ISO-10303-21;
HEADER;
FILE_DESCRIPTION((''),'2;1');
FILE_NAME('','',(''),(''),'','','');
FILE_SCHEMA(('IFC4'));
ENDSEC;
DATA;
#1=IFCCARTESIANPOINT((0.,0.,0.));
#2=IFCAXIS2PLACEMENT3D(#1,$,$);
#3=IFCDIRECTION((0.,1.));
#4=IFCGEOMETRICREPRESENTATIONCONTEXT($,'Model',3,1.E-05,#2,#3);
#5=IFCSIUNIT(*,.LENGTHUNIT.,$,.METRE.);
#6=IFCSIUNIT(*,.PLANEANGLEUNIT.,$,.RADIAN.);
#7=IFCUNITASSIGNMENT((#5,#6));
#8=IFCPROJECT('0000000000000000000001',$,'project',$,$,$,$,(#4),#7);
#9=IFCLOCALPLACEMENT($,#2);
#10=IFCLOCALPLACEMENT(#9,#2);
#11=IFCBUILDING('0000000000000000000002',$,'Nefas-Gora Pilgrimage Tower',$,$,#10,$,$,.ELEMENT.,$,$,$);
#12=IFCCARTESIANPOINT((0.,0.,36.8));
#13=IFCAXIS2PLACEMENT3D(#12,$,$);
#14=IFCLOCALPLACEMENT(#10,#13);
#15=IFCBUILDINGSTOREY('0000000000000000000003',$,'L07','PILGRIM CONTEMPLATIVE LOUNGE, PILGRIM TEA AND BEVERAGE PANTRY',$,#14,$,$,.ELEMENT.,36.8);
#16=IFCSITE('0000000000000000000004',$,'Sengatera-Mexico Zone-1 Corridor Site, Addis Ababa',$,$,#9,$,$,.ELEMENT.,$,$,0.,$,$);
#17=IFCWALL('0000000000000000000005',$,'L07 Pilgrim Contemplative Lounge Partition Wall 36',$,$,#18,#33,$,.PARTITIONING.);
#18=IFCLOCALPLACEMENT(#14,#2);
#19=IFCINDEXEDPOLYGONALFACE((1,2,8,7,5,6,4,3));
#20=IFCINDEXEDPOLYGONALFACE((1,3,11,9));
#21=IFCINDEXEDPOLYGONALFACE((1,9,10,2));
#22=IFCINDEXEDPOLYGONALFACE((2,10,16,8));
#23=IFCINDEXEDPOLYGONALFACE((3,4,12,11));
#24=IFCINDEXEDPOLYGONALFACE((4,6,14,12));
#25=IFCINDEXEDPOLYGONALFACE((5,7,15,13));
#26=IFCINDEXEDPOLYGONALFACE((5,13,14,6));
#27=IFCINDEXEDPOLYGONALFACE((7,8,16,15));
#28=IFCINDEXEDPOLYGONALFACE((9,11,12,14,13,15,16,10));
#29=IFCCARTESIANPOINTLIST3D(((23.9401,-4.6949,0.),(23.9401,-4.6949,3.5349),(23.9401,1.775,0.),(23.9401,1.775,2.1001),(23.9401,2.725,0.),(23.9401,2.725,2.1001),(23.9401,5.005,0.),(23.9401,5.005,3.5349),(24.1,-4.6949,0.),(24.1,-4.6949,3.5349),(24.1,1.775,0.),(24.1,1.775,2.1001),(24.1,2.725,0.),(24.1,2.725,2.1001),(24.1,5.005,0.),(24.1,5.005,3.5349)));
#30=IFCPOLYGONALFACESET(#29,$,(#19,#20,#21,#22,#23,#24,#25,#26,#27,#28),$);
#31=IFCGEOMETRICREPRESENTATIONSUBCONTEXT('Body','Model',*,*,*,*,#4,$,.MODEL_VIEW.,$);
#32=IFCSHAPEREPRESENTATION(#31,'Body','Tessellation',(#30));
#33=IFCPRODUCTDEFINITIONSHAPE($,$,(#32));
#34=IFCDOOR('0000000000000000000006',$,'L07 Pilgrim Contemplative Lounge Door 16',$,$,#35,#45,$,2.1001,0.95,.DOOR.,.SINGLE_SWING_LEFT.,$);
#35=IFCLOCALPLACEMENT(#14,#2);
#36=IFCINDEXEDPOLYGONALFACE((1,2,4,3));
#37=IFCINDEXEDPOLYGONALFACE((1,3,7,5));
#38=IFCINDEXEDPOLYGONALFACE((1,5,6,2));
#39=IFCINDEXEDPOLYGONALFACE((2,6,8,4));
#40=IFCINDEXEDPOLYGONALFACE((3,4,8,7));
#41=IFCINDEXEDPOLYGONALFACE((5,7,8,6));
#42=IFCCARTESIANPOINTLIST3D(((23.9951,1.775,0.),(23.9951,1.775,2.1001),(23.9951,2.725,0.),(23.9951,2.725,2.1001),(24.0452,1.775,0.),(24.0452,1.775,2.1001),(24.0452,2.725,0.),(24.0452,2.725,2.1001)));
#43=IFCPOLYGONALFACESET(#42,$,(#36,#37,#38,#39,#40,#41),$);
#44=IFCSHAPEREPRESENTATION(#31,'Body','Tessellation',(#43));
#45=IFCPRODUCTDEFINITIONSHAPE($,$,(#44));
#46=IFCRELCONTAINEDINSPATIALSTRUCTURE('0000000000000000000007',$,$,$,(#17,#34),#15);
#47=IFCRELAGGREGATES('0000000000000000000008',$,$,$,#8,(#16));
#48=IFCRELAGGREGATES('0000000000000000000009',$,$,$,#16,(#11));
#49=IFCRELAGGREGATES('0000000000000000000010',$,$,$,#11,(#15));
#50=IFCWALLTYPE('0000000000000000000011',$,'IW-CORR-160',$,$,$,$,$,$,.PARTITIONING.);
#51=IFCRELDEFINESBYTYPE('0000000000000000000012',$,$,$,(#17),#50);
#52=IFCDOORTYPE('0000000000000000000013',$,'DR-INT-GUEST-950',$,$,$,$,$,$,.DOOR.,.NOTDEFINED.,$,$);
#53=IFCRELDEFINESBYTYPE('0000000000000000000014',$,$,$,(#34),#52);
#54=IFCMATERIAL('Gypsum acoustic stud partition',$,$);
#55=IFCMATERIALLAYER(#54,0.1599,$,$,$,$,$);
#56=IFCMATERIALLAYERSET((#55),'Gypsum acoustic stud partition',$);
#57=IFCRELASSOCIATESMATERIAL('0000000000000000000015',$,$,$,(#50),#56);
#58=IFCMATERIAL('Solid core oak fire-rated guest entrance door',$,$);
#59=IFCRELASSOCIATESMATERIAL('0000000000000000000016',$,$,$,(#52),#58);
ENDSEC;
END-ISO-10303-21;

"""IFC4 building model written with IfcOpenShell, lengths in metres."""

from ifc_helpers import new_model, si_unit, direction, frame, frame_2d, origin, place, context, subcontext, project, spatial, rectangle, extrude, source, transform, mapped, material, layer, layer_set, type_object, element, fill, save


model = new_model("IFC4")

# Units and contexts
model_context = context("Model", 3, precision=1e-05, world=origin(), true_north=direction((0.0, 1.0)))
body_context = subcontext(model_context, "Body", "Model", "MODEL_VIEW")
ifc_project = project(units=[si_unit("LENGTHUNIT", "METRE"), si_unit("PLANEANGLEUNIT", "RADIAN")], contexts=[model_context])

# Site, building, storey
site_placement = place(None, origin())
site = spatial("IfcSite", under=ifc_project, at=site_placement, Name="Sengatera-Mexico Zone-1 Corridor Site, Addis Ababa", CompositionType="ELEMENT", RefElevation=0.0)
building_placement = place(site_placement, origin())
building = spatial("IfcBuilding", under=site, at=building_placement, Name="Nefas-Gora Pilgrimage Tower", CompositionType="ELEMENT")
storey_placement = place(building_placement, frame((0.0, 0.0, 36.8)))
storey = spatial("IfcBuildingStorey", under=building, at=storey_placement, Name="L07", Description="PILGRIM CONTEMPLATIVE LOUNGE, PILGRIM TEA AND BEVERAGE PANTRY", CompositionType="ELEMENT", Elevation=36.8)

# Wall, opening, door
ifc_material_1 = material(Name="Gypsum acoustic stud partition")
ifc_layer_1 = layer(ifc_material_1, 0.1599)
ifc_layer_set_1 = layer_set([ifc_layer_1], Name="Gypsum acoustic stud partition")
wall_type_1 = type_object("IfcWallType", Name="IW-CORR-160", PredefinedType="PARTITIONING", material=ifc_layer_set_1)
shared_shape_1 = source(origin(), body_context, "Body", "SweptSolid", [
    extrude(rectangle(XDim=9.7, YDim=0.1599, at=frame_2d((4.8501, 0.0))), origin(), (0.0, 0.0, 1.0), 3.5349),
])
wall_1_placement = place(storey_placement, frame((24.02, -4.6951, 0.0), z_axis=(0.0, 0.0, 1.0), x_axis=(0.0, 1.0, 0.0)))
wall_1 = element("IfcWall", 1, at=wall_1_placement, inside=storey, type_object=wall_type_1, Name="L07 Pilgrim Contemplative Lounge Partition Wall 36", PredefinedType="PARTITIONING", context=body_context, shape_type="MappedRepresentation", body=[
    mapped(shared_shape_1, transform((0.0, 0.0, 0.0), x_axis=(1.0, 0.0, 0.0), y_axis=(0.0, 1.0, 0.0), z_axis=(0.0, 0.0, 1.0), scale=1.0)),
])
opening_1_placement = place(wall_1_placement, frame((6.47, 0.0, 0.0)))
opening_1 = element("IfcOpeningElement", 2, at=opening_1_placement, cuts=wall_1, PredefinedType="OPENING", context=body_context, shape_type="SweptSolid", body=[
    extrude(rectangle(XDim=0.95, YDim=2.1001, at=frame_2d((0.4751, 1.05))), frame((0.0, 0.0898, 0.0), z_axis=(0.0, -1.0, 0.0), x_axis=(1.0, 0.0, 0.0)), (0.0, 0.0, 1.0), 0.1799),
])
ifc_material_2 = material(Name="Solid core oak fire-rated guest entrance door")
door_type = type_object("IfcDoorType", Name="DR-INT-GUEST-950", OperationType="NOTDEFINED", PredefinedType="DOOR", material=ifc_material_2)
shared_shape_2 = source(origin(), body_context, "Body", "SweptSolid", [
    extrude(rectangle(XDim=0.95, YDim=2.1001, at=frame_2d((0.4751, 1.05))), frame((0.0, 0.0249, 0.0), z_axis=(0.0, -1.0, 0.0), x_axis=(1.0, 0.0, 0.0)), (0.0, 0.0, 1.0), 0.05),
])
door_placement = place(opening_1_placement, origin())
door = element("IfcDoor", 3, at=door_placement, inside=storey, type_object=door_type, Name="L07 Pilgrim Contemplative Lounge Door 16", OperationType="SINGLE_SWING_LEFT", OverallHeight=2.1001, OverallWidth=0.95, PredefinedType="DOOR", context=body_context, shape_type="MappedRepresentation", body=[
    mapped(shared_shape_2, transform((0.0, 0.0, 0.0), x_axis=(1.0, 0.0, 0.0), y_axis=(0.0, 1.0, 0.0), z_axis=(0.0, 0.0, 1.0), scale=1.0)),
])
fill(opening_1, door)

save(model, "model.ifc")
